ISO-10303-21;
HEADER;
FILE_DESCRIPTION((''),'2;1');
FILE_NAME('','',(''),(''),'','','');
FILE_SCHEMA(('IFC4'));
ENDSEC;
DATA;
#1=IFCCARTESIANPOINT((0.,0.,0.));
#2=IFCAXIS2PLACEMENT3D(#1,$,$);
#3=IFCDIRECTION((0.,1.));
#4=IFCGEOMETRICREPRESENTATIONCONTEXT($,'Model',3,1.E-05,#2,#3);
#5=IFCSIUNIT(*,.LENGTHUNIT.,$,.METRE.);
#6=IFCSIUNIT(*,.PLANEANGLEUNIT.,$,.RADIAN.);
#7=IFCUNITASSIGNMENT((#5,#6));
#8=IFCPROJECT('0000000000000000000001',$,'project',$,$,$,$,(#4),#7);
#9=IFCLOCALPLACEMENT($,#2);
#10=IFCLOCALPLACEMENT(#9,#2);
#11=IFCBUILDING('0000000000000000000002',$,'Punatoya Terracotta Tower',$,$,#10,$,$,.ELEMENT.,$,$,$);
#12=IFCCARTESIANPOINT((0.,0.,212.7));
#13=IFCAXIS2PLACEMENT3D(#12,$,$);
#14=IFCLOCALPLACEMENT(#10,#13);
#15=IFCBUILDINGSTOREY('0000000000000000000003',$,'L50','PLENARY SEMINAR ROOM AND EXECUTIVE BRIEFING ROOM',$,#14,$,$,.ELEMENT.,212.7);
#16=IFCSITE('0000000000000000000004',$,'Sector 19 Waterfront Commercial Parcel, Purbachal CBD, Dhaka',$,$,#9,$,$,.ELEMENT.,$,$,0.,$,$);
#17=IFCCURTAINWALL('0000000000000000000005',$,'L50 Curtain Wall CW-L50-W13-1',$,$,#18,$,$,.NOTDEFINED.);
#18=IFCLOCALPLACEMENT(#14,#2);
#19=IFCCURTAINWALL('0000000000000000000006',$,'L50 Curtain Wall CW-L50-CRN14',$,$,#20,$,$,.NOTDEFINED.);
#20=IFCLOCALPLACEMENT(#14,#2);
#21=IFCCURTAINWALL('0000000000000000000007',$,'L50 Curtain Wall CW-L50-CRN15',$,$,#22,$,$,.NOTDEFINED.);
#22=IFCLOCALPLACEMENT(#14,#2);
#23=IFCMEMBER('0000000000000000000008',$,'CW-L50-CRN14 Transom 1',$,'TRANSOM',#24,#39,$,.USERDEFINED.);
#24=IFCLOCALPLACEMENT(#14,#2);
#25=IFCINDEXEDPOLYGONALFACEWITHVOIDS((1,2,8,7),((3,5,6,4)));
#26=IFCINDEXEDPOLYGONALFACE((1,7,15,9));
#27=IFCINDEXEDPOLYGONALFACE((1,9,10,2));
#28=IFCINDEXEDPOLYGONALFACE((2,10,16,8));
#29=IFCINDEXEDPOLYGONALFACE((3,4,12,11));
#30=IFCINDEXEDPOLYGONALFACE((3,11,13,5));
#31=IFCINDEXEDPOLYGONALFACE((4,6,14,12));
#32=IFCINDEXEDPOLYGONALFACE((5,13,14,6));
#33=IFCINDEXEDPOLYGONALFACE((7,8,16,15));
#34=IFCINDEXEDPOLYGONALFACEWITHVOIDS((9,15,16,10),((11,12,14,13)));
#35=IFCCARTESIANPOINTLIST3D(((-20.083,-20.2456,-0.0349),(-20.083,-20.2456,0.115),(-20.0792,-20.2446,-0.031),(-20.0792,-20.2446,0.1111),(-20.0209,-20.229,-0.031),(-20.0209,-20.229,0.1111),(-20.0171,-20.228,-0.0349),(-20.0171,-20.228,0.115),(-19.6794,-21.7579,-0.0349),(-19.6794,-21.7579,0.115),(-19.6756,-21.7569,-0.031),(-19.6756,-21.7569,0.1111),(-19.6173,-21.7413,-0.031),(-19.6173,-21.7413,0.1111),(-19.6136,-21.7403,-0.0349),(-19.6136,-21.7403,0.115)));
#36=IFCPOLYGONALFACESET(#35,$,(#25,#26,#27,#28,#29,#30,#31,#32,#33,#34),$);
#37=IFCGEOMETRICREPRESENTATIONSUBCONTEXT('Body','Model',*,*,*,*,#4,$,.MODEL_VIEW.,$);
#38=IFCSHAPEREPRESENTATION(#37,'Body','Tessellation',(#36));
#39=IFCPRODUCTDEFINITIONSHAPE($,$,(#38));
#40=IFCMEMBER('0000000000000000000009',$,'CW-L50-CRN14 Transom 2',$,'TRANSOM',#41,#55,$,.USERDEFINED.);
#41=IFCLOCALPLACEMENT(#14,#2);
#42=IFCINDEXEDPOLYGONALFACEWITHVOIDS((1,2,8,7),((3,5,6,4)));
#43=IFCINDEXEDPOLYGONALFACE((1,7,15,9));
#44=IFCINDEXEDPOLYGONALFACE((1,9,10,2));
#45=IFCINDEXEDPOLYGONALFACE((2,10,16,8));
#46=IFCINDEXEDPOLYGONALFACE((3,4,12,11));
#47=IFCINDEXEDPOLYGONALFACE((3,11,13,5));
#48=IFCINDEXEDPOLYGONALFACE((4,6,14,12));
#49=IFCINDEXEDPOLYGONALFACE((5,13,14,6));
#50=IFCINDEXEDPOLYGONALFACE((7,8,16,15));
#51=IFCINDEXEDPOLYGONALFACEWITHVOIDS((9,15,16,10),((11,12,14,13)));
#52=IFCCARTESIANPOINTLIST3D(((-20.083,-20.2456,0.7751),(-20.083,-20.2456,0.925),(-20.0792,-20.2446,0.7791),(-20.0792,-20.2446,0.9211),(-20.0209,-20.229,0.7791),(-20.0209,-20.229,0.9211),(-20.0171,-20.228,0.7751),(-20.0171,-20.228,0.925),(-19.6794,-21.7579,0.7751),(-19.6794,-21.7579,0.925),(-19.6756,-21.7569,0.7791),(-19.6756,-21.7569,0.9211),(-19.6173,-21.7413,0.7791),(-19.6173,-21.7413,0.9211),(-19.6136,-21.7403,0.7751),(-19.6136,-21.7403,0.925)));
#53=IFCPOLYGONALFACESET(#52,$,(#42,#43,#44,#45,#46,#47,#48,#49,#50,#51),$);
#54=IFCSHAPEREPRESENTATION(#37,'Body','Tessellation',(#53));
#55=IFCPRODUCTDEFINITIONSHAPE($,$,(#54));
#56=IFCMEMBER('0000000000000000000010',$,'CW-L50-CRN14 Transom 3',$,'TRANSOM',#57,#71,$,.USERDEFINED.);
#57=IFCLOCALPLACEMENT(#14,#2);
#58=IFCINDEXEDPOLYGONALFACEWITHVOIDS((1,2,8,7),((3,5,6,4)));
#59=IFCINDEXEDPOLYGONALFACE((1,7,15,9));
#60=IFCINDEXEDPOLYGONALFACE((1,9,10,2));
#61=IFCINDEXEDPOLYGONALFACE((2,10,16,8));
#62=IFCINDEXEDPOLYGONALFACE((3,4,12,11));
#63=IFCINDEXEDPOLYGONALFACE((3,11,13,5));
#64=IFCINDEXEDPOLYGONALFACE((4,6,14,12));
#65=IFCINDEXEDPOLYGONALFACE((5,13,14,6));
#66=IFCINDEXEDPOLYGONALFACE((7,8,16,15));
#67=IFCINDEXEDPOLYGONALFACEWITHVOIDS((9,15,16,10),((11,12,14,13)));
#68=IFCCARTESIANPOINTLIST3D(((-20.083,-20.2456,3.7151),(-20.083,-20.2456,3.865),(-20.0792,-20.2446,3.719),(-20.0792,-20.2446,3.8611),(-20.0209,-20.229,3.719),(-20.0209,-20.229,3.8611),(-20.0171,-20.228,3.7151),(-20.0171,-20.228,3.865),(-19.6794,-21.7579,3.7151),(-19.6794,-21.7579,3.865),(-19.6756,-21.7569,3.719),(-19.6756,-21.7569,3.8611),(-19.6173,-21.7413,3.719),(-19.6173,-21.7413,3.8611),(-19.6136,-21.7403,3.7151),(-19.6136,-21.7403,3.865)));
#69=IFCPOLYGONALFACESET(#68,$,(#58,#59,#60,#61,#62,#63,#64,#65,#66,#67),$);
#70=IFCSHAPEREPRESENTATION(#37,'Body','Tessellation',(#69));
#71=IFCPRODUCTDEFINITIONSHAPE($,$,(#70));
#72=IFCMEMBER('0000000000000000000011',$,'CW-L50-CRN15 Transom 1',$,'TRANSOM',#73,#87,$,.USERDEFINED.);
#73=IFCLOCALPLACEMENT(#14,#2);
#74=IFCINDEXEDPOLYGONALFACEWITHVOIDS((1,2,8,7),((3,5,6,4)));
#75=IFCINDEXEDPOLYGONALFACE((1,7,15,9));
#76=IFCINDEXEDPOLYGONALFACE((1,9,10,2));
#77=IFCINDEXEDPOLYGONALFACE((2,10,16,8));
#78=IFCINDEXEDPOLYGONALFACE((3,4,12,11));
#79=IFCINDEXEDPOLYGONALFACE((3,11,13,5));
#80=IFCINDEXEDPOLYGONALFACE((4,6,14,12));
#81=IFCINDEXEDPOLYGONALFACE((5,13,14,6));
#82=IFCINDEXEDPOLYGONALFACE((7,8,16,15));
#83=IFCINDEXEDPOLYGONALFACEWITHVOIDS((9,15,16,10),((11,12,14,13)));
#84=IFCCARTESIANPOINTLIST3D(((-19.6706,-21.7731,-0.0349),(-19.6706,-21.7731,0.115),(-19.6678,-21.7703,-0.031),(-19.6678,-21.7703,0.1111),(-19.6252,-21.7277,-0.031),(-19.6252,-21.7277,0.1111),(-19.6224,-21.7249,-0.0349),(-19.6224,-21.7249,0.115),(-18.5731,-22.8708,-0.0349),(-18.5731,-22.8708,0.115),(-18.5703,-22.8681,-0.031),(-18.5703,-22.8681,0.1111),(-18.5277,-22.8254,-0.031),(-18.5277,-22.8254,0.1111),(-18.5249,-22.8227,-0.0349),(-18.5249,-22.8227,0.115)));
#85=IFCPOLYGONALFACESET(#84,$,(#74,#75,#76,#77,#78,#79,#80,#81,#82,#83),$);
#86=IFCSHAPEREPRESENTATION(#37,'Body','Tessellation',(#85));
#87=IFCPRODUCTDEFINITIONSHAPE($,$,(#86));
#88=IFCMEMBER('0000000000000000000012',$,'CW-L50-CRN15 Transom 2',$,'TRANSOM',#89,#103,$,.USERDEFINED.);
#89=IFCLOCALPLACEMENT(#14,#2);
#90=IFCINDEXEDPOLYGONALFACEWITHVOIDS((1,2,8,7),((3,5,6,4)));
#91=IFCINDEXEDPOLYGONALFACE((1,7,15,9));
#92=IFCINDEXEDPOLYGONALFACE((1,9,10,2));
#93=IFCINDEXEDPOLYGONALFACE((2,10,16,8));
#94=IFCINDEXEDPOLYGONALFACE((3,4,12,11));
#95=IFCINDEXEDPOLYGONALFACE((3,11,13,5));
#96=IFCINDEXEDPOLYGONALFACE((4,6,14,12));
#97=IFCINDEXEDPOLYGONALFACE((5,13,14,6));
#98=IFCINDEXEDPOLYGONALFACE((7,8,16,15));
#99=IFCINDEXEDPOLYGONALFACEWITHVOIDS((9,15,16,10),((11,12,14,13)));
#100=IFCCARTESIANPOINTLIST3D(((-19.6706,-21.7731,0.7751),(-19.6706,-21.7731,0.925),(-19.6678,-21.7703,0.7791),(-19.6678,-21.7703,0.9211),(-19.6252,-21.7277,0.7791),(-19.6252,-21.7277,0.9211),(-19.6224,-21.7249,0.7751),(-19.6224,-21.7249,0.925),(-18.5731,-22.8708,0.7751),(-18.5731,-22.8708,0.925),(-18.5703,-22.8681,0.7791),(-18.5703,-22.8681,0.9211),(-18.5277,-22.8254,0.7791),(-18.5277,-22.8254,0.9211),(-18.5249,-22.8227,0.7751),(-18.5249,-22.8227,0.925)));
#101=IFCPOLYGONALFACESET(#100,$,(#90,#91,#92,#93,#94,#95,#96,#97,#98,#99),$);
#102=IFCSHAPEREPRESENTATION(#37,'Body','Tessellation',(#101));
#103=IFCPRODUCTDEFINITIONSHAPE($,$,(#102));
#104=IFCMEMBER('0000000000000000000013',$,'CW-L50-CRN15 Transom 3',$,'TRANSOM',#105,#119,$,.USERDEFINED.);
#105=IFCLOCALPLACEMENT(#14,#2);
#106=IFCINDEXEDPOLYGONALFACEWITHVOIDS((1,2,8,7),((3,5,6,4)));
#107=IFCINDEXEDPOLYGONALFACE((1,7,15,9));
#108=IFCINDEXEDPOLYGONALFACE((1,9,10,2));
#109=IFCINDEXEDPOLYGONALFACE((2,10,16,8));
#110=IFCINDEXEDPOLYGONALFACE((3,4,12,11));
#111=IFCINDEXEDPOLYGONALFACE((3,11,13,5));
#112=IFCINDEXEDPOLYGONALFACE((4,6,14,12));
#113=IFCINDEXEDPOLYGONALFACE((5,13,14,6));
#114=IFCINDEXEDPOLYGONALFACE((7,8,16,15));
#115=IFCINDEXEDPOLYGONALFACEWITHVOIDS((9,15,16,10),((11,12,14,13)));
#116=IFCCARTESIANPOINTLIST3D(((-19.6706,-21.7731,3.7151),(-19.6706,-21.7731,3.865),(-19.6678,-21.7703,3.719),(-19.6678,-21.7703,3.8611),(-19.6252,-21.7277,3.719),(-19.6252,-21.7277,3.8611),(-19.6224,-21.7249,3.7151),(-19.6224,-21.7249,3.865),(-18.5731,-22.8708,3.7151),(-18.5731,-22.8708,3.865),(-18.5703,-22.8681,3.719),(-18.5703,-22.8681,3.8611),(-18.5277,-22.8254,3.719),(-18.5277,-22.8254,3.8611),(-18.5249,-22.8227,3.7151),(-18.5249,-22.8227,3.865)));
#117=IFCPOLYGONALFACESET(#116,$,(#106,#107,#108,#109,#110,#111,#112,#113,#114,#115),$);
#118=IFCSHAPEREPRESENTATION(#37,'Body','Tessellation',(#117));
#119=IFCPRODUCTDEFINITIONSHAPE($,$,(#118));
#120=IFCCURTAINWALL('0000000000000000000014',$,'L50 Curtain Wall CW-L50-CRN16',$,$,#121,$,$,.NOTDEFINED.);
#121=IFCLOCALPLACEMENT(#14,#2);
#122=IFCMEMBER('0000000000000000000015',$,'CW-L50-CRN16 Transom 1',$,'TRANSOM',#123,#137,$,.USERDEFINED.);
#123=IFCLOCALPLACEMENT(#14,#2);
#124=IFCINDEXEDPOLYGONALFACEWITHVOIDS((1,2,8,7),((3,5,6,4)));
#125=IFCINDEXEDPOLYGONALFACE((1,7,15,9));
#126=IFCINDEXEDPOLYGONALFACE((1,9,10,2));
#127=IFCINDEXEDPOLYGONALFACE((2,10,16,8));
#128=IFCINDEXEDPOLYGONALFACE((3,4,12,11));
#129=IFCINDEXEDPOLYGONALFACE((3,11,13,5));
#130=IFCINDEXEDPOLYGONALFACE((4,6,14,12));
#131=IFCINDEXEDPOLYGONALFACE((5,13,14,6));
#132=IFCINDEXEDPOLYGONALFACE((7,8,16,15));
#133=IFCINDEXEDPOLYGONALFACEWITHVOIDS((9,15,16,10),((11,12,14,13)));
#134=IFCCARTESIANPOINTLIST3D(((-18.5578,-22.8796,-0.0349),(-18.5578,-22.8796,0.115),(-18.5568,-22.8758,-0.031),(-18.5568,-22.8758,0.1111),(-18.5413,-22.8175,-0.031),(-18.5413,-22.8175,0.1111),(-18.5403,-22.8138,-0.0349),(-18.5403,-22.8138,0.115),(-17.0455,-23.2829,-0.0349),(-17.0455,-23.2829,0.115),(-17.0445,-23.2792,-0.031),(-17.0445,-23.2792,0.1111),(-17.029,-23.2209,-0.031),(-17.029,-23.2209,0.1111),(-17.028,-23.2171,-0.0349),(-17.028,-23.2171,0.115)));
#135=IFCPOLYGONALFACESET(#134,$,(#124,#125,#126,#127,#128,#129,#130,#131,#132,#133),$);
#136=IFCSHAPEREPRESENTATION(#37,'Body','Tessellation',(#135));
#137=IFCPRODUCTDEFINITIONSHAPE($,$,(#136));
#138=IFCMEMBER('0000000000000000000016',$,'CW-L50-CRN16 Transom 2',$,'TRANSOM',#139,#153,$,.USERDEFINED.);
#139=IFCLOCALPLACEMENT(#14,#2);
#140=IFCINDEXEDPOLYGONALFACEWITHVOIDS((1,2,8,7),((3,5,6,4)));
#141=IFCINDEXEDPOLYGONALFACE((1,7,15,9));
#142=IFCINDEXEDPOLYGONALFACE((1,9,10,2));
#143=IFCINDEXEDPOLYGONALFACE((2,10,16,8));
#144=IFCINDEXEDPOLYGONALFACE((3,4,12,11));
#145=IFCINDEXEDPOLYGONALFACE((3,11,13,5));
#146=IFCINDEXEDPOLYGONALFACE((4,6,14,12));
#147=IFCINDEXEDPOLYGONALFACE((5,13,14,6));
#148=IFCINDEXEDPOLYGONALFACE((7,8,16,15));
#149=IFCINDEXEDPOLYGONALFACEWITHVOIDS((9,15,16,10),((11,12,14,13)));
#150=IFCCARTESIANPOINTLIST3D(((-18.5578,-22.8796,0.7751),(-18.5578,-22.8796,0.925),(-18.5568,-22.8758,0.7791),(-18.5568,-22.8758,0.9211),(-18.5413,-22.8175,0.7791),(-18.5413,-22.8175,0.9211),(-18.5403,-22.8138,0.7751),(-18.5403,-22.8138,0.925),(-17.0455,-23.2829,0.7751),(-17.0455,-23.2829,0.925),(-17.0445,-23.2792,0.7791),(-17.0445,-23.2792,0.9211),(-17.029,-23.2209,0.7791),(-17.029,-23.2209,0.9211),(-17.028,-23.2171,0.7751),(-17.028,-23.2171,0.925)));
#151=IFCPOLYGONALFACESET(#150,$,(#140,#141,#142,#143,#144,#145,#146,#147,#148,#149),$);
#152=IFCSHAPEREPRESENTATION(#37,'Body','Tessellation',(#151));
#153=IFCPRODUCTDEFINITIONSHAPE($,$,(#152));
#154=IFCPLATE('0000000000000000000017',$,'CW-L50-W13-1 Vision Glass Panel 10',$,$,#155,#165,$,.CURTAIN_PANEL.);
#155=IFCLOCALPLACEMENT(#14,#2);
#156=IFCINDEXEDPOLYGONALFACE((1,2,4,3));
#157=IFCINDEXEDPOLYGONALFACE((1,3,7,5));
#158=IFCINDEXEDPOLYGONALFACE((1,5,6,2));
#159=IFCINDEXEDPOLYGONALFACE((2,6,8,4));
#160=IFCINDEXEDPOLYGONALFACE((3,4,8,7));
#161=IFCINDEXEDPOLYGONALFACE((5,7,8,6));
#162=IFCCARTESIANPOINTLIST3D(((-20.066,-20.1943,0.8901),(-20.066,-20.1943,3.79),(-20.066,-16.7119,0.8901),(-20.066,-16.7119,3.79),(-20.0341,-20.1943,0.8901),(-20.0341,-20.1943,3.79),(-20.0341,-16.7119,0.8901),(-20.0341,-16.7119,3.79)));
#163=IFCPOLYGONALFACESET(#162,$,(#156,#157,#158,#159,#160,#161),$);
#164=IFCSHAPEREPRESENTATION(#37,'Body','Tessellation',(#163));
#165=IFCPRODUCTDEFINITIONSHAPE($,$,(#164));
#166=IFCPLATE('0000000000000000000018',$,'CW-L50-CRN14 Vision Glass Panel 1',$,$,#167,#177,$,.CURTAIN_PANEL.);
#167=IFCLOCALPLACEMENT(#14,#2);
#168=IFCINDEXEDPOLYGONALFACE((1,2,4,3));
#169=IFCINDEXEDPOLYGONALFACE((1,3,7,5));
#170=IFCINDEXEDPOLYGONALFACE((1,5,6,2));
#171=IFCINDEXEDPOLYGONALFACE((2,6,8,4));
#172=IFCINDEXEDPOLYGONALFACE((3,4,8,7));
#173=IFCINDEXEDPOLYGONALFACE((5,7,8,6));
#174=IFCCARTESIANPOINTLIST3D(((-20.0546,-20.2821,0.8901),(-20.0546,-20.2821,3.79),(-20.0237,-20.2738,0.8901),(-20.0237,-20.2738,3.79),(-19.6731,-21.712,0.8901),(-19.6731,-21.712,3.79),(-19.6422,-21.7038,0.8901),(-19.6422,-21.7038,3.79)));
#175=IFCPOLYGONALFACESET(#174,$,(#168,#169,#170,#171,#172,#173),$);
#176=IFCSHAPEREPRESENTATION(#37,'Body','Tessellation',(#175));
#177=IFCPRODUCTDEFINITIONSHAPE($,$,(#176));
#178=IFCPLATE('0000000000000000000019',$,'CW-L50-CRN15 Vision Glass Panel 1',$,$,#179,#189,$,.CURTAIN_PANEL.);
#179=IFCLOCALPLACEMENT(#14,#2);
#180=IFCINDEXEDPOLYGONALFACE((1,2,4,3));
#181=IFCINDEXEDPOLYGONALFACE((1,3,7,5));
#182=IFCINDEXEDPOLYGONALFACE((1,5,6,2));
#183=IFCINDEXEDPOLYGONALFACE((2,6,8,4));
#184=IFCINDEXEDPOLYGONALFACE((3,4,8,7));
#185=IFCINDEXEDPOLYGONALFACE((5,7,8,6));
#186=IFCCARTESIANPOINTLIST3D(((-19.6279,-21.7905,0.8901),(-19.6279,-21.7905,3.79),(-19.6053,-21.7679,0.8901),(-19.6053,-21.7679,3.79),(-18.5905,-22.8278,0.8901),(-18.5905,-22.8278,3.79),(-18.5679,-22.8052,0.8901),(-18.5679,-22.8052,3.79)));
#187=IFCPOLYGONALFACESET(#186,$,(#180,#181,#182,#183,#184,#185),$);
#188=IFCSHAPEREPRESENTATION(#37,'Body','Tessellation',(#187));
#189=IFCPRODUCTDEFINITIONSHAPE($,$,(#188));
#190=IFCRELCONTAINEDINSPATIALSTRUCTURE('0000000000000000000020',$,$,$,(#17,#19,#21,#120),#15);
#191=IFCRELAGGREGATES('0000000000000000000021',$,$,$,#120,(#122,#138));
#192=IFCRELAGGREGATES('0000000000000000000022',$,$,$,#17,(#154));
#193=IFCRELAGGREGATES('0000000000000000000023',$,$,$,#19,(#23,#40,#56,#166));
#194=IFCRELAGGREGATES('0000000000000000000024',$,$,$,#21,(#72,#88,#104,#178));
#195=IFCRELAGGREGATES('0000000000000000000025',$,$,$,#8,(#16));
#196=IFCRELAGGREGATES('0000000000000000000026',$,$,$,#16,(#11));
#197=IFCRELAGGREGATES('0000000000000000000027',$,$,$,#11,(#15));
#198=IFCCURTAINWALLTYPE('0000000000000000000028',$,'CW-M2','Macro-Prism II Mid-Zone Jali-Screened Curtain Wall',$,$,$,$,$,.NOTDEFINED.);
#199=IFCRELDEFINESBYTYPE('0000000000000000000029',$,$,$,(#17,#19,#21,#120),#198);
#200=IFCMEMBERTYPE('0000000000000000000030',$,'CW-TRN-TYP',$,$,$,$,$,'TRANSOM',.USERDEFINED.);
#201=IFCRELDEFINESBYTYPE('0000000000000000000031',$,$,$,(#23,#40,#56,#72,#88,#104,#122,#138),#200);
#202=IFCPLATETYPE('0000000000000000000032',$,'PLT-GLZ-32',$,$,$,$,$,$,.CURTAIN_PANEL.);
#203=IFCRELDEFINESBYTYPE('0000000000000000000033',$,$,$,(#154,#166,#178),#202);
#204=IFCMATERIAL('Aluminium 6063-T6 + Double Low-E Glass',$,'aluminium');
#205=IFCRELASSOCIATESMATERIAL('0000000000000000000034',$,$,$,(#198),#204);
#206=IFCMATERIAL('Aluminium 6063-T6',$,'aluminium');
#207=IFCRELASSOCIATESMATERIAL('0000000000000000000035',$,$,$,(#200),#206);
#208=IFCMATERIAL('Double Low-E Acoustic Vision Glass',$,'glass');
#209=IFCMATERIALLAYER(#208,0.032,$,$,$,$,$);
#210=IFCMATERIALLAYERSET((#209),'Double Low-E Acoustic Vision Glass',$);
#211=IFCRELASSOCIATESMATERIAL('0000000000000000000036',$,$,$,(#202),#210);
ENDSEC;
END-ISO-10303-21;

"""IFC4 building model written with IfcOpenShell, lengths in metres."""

from ifc_helpers import new_model, si_unit, direction, frame, origin, origin_2d, place, context, subcontext, project, spatial, rectangle, hollow_rectangle, extrude, material, layer, layer_set, material_profile, profile_set, type_object, element, aggregate, save


model = new_model("IFC4")

# Units and contexts
model_context = context("Model", 3, precision=1e-05, world=origin(), true_north=direction((0.0, 1.0)))
body_context = subcontext(model_context, "Body", "Model", "MODEL_VIEW")
ifc_project = project(units=[si_unit("LENGTHUNIT", "METRE"), si_unit("PLANEANGLEUNIT", "RADIAN")], contexts=[model_context])

# Site, building, storey
site_placement = place(None, origin())
site = spatial("IfcSite", under=ifc_project, at=site_placement, Name="Sector 19 Waterfront Commercial Parcel, Purbachal CBD, Dhaka", CompositionType="ELEMENT", RefElevation=0.0)
building_placement = place(site_placement, origin())
building = spatial("IfcBuilding", under=site, at=building_placement, Name="Punatoya Terracotta Tower", CompositionType="ELEMENT")
storey_placement = place(building_placement, frame((0.0, 0.0, 212.7)))
storey = spatial("IfcBuildingStorey", under=building, at=storey_placement, Name="L50", Description="PLENARY SEMINAR ROOM AND EXECUTIVE BRIEFING ROOM", CompositionType="ELEMENT", Elevation=212.7)

# Curtain wall
ifc_material_1 = material(Name="Aluminium 6063-T6 + Double Low-E Glass", Category="aluminium")
curtain_wall_type = type_object("IfcCurtainWallType", Name="CW-M2", Description="Macro-Prism II Mid-Zone Jali-Screened Curtain Wall", PredefinedType="NOTDEFINED", material=ifc_material_1)
curtain_wall_1_placement = place(storey_placement, origin())
curtain_wall_1 = element("IfcCurtainWall", 1, at=curtain_wall_1_placement, inside=storey, type_object=curtain_wall_type, Name="L50 Curtain Wall CW-L50-W13-1", PredefinedType="NOTDEFINED")
ifc_material_2 = material(Name="Aluminium 6063-T6", Category="aluminium")

# Curtain walls
curtain_wall_2_placement = place(storey_placement, origin())
curtain_wall_2 = element("IfcCurtainWall", 2, at=curtain_wall_2_placement, inside=storey, type_object=curtain_wall_type, Name="L50 Curtain Wall CW-L50-CRN14", PredefinedType="NOTDEFINED")
curtain_wall_3_placement = place(storey_placement, origin())
curtain_wall_3 = element("IfcCurtainWall", 3, at=curtain_wall_3_placement, inside=storey, type_object=curtain_wall_type, Name="L50 Curtain Wall CW-L50-CRN15", PredefinedType="NOTDEFINED")

# Members
ifc_material_profile_1 = material_profile(ifc_material_2, hollow_rectangle(XDim=0.0681, YDim=0.1499, WallThickness=0.0039, at=origin_2d()))
ifc_profile_set_1 = profile_set([ifc_material_profile_1], Name="Aluminium 6063-T6")
member_type_1 = type_object("IfcMemberType", Name="CW-TRN-TYP", ElementType="TRANSOM", PredefinedType="USERDEFINED", material=ifc_profile_set_1)
member_1_placement = place(storey_placement, frame((-20.05, -20.2368, 0.04), z_axis=(0.257847, -0.966186, 0.0), x_axis=(0.966186, 0.257847, 0.0)))
member_1 = element("IfcMember", 4, at=member_1_placement, type_object=member_type_1, Name="CW-L50-CRN14 Transom 1", ObjectType="TRANSOM", PredefinedType="USERDEFINED", context=body_context, shape_type="SweptSolid", body=[
    extrude(hollow_rectangle(XDim=0.0681, YDim=0.1499, WallThickness=0.0039, at=origin_2d()), origin(), (0.0, 0.0, 1.0), 1.5652),
])
member_2_placement = place(storey_placement, frame((-20.05, -20.2368, 0.8501), z_axis=(0.257847, -0.966186, 0.0), x_axis=(0.966186, 0.257847, 0.0)))
member_2 = element("IfcMember", 5, at=member_2_placement, type_object=member_type_1, Name="CW-L50-CRN14 Transom 2", ObjectType="TRANSOM", PredefinedType="USERDEFINED", context=body_context, shape_type="SweptSolid", body=[
    extrude(hollow_rectangle(XDim=0.0681, YDim=0.1499, WallThickness=0.0039, at=origin_2d()), origin(), (0.0, 0.0, 1.0), 1.5652),
])
member_3_placement = place(storey_placement, frame((-20.05, -20.2368, 3.79), z_axis=(0.257847, -0.966186, 0.0), x_axis=(0.966186, 0.257847, 0.0)))
member_3 = element("IfcMember", 6, at=member_3_placement, type_object=member_type_1, Name="CW-L50-CRN14 Transom 3", ObjectType="TRANSOM", PredefinedType="USERDEFINED", context=body_context, shape_type="SweptSolid", body=[
    extrude(hollow_rectangle(XDim=0.0681, YDim=0.1499, WallThickness=0.0039, at=origin_2d()), origin(), (0.0, 0.0, 1.0), 1.5652),
])
member_4_placement = place(storey_placement, frame((-19.6465, -21.749, 0.04), z_axis=(0.707028, -0.707185, 0.0), x_axis=(0.707185, 0.707028, 0.0)))
member_4 = element("IfcMember", 7, at=member_4_placement, type_object=member_type_1, Name="CW-L50-CRN15 Transom 1", ObjectType="TRANSOM", PredefinedType="USERDEFINED", context=body_context, shape_type="SweptSolid", body=[
    extrude(hollow_rectangle(XDim=0.0681, YDim=0.1499, WallThickness=0.0039, at=origin_2d()), origin(), (0.0, 0.0, 1.0), 1.5522),
])
member_5_placement = place(storey_placement, frame((-19.6465, -21.749, 0.8501), z_axis=(0.707028, -0.707185, 0.0), x_axis=(0.707185, 0.707028, 0.0)))
member_5 = element("IfcMember", 8, at=member_5_placement, type_object=member_type_1, Name="CW-L50-CRN15 Transom 2", ObjectType="TRANSOM", PredefinedType="USERDEFINED", context=body_context, shape_type="SweptSolid", body=[
    extrude(hollow_rectangle(XDim=0.0681, YDim=0.1499, WallThickness=0.0039, at=origin_2d()), origin(), (0.0, 0.0, 1.0), 1.5522),
])
member_6_placement = place(storey_placement, frame((-19.6465, -21.749, 3.79), z_axis=(0.707028, -0.707185, 0.0), x_axis=(0.707185, 0.707028, 0.0)))
member_6 = element("IfcMember", 9, at=member_6_placement, type_object=member_type_1, Name="CW-L50-CRN15 Transom 3", ObjectType="TRANSOM", PredefinedType="USERDEFINED", context=body_context, shape_type="SweptSolid", body=[
    extrude(hollow_rectangle(XDim=0.0681, YDim=0.1499, WallThickness=0.0039, at=origin_2d()), origin(), (0.0, 0.0, 1.0), 1.5522),
])

# Curtain wall, members
curtain_wall_4_placement = place(storey_placement, origin())
curtain_wall_4 = element("IfcCurtainWall", 10, at=curtain_wall_4_placement, inside=storey, type_object=curtain_wall_type, Name="L50 Curtain Wall CW-L50-CRN16", PredefinedType="NOTDEFINED")
member_7_placement = place(storey_placement, frame((-18.5491, -22.8467, 0.04), z_axis=(0.966225, -0.257701, 0.0), x_axis=(0.257701, 0.966225, 0.0)))
member_7 = element("IfcMember", 11, at=member_7_placement, type_object=member_type_1, Name="CW-L50-CRN16 Transom 1", ObjectType="TRANSOM", PredefinedType="USERDEFINED", context=body_context, shape_type="SweptSolid", body=[
    extrude(hollow_rectangle(XDim=0.0681, YDim=0.1499, WallThickness=0.0039, at=origin_2d()), origin(), (0.0, 0.0, 1.0), 1.5652),
])
member_8_placement = place(storey_placement, frame((-18.5491, -22.8467, 0.8501), z_axis=(0.966225, -0.257701, 0.0), x_axis=(0.257701, 0.966225, 0.0)))
member_8 = element("IfcMember", 12, at=member_8_placement, type_object=member_type_1, Name="CW-L50-CRN16 Transom 2", ObjectType="TRANSOM", PredefinedType="USERDEFINED", context=body_context, shape_type="SweptSolid", body=[
    extrude(hollow_rectangle(XDim=0.0681, YDim=0.1499, WallThickness=0.0039, at=origin_2d()), origin(), (0.0, 0.0, 1.0), 1.5652),
])
aggregate(curtain_wall_4, [member_7, member_8])

# Plates
ifc_material_3 = material(Name="Double Low-E Acoustic Vision Glass", Category="glass")
ifc_layer_1 = layer(ifc_material_3, 0.032)
ifc_layer_set_1 = layer_set([ifc_layer_1], Name="Double Low-E Acoustic Vision Glass")
plate_type_1 = type_object("IfcPlateType", Name="PLT-GLZ-32", PredefinedType="CURTAIN_PANEL", material=ifc_layer_set_1)
plate_1_placement = place(storey_placement, frame((-20.05, -18.4531, 0.8901), z_axis=(0.0, 0.0, 1.0), x_axis=(0.0, -1.0, 0.0)))
plate_1 = element("IfcPlate", 13, at=plate_1_placement, type_object=plate_type_1, Name="CW-L50-W13-1 Vision Glass Panel 10", PredefinedType="CURTAIN_PANEL", context=body_context, shape_type="SweptSolid", body=[
    extrude(rectangle(XDim=3.4824, YDim=0.032, at=origin_2d()), origin(), (0.0, 0.0, 1.0), 2.8999),
])
plate_2_placement = place(storey_placement, frame((-19.8484, -20.9929, 0.8901), z_axis=(0.0, 0.0, 1.0), x_axis=(0.257742, -0.966214, 0.0)))
plate_2 = element("IfcPlate", 14, at=plate_2_placement, type_object=plate_type_1, Name="CW-L50-CRN14 Vision Glass Panel 1", PredefinedType="CURTAIN_PANEL", context=body_context, shape_type="SweptSolid", body=[
    extrude(rectangle(XDim=1.48, YDim=0.032, at=origin_2d()), origin(), (0.0, 0.0, 1.0), 2.8999),
])
plate_3_placement = place(storey_placement, frame((-19.0979, -22.2979, 0.8901), z_axis=(0.0, 0.0, 1.0), x_axis=(0.707107, -0.707107, 0.0)))
plate_3 = element("IfcPlate", 15, at=plate_3_placement, type_object=plate_type_1, Name="CW-L50-CRN15 Vision Glass Panel 1", PredefinedType="CURTAIN_PANEL", context=body_context, shape_type="SweptSolid", body=[
    extrude(rectangle(XDim=1.467, YDim=0.032, at=origin_2d()), origin(), (0.0, 0.0, 1.0), 2.8999),
])
aggregate(curtain_wall_1, [plate_1])
aggregate(curtain_wall_2, [member_1, member_2, member_3, plate_2])
aggregate(curtain_wall_3, [member_4, member_5, member_6, plate_3])

save(model, "model.ifc")
